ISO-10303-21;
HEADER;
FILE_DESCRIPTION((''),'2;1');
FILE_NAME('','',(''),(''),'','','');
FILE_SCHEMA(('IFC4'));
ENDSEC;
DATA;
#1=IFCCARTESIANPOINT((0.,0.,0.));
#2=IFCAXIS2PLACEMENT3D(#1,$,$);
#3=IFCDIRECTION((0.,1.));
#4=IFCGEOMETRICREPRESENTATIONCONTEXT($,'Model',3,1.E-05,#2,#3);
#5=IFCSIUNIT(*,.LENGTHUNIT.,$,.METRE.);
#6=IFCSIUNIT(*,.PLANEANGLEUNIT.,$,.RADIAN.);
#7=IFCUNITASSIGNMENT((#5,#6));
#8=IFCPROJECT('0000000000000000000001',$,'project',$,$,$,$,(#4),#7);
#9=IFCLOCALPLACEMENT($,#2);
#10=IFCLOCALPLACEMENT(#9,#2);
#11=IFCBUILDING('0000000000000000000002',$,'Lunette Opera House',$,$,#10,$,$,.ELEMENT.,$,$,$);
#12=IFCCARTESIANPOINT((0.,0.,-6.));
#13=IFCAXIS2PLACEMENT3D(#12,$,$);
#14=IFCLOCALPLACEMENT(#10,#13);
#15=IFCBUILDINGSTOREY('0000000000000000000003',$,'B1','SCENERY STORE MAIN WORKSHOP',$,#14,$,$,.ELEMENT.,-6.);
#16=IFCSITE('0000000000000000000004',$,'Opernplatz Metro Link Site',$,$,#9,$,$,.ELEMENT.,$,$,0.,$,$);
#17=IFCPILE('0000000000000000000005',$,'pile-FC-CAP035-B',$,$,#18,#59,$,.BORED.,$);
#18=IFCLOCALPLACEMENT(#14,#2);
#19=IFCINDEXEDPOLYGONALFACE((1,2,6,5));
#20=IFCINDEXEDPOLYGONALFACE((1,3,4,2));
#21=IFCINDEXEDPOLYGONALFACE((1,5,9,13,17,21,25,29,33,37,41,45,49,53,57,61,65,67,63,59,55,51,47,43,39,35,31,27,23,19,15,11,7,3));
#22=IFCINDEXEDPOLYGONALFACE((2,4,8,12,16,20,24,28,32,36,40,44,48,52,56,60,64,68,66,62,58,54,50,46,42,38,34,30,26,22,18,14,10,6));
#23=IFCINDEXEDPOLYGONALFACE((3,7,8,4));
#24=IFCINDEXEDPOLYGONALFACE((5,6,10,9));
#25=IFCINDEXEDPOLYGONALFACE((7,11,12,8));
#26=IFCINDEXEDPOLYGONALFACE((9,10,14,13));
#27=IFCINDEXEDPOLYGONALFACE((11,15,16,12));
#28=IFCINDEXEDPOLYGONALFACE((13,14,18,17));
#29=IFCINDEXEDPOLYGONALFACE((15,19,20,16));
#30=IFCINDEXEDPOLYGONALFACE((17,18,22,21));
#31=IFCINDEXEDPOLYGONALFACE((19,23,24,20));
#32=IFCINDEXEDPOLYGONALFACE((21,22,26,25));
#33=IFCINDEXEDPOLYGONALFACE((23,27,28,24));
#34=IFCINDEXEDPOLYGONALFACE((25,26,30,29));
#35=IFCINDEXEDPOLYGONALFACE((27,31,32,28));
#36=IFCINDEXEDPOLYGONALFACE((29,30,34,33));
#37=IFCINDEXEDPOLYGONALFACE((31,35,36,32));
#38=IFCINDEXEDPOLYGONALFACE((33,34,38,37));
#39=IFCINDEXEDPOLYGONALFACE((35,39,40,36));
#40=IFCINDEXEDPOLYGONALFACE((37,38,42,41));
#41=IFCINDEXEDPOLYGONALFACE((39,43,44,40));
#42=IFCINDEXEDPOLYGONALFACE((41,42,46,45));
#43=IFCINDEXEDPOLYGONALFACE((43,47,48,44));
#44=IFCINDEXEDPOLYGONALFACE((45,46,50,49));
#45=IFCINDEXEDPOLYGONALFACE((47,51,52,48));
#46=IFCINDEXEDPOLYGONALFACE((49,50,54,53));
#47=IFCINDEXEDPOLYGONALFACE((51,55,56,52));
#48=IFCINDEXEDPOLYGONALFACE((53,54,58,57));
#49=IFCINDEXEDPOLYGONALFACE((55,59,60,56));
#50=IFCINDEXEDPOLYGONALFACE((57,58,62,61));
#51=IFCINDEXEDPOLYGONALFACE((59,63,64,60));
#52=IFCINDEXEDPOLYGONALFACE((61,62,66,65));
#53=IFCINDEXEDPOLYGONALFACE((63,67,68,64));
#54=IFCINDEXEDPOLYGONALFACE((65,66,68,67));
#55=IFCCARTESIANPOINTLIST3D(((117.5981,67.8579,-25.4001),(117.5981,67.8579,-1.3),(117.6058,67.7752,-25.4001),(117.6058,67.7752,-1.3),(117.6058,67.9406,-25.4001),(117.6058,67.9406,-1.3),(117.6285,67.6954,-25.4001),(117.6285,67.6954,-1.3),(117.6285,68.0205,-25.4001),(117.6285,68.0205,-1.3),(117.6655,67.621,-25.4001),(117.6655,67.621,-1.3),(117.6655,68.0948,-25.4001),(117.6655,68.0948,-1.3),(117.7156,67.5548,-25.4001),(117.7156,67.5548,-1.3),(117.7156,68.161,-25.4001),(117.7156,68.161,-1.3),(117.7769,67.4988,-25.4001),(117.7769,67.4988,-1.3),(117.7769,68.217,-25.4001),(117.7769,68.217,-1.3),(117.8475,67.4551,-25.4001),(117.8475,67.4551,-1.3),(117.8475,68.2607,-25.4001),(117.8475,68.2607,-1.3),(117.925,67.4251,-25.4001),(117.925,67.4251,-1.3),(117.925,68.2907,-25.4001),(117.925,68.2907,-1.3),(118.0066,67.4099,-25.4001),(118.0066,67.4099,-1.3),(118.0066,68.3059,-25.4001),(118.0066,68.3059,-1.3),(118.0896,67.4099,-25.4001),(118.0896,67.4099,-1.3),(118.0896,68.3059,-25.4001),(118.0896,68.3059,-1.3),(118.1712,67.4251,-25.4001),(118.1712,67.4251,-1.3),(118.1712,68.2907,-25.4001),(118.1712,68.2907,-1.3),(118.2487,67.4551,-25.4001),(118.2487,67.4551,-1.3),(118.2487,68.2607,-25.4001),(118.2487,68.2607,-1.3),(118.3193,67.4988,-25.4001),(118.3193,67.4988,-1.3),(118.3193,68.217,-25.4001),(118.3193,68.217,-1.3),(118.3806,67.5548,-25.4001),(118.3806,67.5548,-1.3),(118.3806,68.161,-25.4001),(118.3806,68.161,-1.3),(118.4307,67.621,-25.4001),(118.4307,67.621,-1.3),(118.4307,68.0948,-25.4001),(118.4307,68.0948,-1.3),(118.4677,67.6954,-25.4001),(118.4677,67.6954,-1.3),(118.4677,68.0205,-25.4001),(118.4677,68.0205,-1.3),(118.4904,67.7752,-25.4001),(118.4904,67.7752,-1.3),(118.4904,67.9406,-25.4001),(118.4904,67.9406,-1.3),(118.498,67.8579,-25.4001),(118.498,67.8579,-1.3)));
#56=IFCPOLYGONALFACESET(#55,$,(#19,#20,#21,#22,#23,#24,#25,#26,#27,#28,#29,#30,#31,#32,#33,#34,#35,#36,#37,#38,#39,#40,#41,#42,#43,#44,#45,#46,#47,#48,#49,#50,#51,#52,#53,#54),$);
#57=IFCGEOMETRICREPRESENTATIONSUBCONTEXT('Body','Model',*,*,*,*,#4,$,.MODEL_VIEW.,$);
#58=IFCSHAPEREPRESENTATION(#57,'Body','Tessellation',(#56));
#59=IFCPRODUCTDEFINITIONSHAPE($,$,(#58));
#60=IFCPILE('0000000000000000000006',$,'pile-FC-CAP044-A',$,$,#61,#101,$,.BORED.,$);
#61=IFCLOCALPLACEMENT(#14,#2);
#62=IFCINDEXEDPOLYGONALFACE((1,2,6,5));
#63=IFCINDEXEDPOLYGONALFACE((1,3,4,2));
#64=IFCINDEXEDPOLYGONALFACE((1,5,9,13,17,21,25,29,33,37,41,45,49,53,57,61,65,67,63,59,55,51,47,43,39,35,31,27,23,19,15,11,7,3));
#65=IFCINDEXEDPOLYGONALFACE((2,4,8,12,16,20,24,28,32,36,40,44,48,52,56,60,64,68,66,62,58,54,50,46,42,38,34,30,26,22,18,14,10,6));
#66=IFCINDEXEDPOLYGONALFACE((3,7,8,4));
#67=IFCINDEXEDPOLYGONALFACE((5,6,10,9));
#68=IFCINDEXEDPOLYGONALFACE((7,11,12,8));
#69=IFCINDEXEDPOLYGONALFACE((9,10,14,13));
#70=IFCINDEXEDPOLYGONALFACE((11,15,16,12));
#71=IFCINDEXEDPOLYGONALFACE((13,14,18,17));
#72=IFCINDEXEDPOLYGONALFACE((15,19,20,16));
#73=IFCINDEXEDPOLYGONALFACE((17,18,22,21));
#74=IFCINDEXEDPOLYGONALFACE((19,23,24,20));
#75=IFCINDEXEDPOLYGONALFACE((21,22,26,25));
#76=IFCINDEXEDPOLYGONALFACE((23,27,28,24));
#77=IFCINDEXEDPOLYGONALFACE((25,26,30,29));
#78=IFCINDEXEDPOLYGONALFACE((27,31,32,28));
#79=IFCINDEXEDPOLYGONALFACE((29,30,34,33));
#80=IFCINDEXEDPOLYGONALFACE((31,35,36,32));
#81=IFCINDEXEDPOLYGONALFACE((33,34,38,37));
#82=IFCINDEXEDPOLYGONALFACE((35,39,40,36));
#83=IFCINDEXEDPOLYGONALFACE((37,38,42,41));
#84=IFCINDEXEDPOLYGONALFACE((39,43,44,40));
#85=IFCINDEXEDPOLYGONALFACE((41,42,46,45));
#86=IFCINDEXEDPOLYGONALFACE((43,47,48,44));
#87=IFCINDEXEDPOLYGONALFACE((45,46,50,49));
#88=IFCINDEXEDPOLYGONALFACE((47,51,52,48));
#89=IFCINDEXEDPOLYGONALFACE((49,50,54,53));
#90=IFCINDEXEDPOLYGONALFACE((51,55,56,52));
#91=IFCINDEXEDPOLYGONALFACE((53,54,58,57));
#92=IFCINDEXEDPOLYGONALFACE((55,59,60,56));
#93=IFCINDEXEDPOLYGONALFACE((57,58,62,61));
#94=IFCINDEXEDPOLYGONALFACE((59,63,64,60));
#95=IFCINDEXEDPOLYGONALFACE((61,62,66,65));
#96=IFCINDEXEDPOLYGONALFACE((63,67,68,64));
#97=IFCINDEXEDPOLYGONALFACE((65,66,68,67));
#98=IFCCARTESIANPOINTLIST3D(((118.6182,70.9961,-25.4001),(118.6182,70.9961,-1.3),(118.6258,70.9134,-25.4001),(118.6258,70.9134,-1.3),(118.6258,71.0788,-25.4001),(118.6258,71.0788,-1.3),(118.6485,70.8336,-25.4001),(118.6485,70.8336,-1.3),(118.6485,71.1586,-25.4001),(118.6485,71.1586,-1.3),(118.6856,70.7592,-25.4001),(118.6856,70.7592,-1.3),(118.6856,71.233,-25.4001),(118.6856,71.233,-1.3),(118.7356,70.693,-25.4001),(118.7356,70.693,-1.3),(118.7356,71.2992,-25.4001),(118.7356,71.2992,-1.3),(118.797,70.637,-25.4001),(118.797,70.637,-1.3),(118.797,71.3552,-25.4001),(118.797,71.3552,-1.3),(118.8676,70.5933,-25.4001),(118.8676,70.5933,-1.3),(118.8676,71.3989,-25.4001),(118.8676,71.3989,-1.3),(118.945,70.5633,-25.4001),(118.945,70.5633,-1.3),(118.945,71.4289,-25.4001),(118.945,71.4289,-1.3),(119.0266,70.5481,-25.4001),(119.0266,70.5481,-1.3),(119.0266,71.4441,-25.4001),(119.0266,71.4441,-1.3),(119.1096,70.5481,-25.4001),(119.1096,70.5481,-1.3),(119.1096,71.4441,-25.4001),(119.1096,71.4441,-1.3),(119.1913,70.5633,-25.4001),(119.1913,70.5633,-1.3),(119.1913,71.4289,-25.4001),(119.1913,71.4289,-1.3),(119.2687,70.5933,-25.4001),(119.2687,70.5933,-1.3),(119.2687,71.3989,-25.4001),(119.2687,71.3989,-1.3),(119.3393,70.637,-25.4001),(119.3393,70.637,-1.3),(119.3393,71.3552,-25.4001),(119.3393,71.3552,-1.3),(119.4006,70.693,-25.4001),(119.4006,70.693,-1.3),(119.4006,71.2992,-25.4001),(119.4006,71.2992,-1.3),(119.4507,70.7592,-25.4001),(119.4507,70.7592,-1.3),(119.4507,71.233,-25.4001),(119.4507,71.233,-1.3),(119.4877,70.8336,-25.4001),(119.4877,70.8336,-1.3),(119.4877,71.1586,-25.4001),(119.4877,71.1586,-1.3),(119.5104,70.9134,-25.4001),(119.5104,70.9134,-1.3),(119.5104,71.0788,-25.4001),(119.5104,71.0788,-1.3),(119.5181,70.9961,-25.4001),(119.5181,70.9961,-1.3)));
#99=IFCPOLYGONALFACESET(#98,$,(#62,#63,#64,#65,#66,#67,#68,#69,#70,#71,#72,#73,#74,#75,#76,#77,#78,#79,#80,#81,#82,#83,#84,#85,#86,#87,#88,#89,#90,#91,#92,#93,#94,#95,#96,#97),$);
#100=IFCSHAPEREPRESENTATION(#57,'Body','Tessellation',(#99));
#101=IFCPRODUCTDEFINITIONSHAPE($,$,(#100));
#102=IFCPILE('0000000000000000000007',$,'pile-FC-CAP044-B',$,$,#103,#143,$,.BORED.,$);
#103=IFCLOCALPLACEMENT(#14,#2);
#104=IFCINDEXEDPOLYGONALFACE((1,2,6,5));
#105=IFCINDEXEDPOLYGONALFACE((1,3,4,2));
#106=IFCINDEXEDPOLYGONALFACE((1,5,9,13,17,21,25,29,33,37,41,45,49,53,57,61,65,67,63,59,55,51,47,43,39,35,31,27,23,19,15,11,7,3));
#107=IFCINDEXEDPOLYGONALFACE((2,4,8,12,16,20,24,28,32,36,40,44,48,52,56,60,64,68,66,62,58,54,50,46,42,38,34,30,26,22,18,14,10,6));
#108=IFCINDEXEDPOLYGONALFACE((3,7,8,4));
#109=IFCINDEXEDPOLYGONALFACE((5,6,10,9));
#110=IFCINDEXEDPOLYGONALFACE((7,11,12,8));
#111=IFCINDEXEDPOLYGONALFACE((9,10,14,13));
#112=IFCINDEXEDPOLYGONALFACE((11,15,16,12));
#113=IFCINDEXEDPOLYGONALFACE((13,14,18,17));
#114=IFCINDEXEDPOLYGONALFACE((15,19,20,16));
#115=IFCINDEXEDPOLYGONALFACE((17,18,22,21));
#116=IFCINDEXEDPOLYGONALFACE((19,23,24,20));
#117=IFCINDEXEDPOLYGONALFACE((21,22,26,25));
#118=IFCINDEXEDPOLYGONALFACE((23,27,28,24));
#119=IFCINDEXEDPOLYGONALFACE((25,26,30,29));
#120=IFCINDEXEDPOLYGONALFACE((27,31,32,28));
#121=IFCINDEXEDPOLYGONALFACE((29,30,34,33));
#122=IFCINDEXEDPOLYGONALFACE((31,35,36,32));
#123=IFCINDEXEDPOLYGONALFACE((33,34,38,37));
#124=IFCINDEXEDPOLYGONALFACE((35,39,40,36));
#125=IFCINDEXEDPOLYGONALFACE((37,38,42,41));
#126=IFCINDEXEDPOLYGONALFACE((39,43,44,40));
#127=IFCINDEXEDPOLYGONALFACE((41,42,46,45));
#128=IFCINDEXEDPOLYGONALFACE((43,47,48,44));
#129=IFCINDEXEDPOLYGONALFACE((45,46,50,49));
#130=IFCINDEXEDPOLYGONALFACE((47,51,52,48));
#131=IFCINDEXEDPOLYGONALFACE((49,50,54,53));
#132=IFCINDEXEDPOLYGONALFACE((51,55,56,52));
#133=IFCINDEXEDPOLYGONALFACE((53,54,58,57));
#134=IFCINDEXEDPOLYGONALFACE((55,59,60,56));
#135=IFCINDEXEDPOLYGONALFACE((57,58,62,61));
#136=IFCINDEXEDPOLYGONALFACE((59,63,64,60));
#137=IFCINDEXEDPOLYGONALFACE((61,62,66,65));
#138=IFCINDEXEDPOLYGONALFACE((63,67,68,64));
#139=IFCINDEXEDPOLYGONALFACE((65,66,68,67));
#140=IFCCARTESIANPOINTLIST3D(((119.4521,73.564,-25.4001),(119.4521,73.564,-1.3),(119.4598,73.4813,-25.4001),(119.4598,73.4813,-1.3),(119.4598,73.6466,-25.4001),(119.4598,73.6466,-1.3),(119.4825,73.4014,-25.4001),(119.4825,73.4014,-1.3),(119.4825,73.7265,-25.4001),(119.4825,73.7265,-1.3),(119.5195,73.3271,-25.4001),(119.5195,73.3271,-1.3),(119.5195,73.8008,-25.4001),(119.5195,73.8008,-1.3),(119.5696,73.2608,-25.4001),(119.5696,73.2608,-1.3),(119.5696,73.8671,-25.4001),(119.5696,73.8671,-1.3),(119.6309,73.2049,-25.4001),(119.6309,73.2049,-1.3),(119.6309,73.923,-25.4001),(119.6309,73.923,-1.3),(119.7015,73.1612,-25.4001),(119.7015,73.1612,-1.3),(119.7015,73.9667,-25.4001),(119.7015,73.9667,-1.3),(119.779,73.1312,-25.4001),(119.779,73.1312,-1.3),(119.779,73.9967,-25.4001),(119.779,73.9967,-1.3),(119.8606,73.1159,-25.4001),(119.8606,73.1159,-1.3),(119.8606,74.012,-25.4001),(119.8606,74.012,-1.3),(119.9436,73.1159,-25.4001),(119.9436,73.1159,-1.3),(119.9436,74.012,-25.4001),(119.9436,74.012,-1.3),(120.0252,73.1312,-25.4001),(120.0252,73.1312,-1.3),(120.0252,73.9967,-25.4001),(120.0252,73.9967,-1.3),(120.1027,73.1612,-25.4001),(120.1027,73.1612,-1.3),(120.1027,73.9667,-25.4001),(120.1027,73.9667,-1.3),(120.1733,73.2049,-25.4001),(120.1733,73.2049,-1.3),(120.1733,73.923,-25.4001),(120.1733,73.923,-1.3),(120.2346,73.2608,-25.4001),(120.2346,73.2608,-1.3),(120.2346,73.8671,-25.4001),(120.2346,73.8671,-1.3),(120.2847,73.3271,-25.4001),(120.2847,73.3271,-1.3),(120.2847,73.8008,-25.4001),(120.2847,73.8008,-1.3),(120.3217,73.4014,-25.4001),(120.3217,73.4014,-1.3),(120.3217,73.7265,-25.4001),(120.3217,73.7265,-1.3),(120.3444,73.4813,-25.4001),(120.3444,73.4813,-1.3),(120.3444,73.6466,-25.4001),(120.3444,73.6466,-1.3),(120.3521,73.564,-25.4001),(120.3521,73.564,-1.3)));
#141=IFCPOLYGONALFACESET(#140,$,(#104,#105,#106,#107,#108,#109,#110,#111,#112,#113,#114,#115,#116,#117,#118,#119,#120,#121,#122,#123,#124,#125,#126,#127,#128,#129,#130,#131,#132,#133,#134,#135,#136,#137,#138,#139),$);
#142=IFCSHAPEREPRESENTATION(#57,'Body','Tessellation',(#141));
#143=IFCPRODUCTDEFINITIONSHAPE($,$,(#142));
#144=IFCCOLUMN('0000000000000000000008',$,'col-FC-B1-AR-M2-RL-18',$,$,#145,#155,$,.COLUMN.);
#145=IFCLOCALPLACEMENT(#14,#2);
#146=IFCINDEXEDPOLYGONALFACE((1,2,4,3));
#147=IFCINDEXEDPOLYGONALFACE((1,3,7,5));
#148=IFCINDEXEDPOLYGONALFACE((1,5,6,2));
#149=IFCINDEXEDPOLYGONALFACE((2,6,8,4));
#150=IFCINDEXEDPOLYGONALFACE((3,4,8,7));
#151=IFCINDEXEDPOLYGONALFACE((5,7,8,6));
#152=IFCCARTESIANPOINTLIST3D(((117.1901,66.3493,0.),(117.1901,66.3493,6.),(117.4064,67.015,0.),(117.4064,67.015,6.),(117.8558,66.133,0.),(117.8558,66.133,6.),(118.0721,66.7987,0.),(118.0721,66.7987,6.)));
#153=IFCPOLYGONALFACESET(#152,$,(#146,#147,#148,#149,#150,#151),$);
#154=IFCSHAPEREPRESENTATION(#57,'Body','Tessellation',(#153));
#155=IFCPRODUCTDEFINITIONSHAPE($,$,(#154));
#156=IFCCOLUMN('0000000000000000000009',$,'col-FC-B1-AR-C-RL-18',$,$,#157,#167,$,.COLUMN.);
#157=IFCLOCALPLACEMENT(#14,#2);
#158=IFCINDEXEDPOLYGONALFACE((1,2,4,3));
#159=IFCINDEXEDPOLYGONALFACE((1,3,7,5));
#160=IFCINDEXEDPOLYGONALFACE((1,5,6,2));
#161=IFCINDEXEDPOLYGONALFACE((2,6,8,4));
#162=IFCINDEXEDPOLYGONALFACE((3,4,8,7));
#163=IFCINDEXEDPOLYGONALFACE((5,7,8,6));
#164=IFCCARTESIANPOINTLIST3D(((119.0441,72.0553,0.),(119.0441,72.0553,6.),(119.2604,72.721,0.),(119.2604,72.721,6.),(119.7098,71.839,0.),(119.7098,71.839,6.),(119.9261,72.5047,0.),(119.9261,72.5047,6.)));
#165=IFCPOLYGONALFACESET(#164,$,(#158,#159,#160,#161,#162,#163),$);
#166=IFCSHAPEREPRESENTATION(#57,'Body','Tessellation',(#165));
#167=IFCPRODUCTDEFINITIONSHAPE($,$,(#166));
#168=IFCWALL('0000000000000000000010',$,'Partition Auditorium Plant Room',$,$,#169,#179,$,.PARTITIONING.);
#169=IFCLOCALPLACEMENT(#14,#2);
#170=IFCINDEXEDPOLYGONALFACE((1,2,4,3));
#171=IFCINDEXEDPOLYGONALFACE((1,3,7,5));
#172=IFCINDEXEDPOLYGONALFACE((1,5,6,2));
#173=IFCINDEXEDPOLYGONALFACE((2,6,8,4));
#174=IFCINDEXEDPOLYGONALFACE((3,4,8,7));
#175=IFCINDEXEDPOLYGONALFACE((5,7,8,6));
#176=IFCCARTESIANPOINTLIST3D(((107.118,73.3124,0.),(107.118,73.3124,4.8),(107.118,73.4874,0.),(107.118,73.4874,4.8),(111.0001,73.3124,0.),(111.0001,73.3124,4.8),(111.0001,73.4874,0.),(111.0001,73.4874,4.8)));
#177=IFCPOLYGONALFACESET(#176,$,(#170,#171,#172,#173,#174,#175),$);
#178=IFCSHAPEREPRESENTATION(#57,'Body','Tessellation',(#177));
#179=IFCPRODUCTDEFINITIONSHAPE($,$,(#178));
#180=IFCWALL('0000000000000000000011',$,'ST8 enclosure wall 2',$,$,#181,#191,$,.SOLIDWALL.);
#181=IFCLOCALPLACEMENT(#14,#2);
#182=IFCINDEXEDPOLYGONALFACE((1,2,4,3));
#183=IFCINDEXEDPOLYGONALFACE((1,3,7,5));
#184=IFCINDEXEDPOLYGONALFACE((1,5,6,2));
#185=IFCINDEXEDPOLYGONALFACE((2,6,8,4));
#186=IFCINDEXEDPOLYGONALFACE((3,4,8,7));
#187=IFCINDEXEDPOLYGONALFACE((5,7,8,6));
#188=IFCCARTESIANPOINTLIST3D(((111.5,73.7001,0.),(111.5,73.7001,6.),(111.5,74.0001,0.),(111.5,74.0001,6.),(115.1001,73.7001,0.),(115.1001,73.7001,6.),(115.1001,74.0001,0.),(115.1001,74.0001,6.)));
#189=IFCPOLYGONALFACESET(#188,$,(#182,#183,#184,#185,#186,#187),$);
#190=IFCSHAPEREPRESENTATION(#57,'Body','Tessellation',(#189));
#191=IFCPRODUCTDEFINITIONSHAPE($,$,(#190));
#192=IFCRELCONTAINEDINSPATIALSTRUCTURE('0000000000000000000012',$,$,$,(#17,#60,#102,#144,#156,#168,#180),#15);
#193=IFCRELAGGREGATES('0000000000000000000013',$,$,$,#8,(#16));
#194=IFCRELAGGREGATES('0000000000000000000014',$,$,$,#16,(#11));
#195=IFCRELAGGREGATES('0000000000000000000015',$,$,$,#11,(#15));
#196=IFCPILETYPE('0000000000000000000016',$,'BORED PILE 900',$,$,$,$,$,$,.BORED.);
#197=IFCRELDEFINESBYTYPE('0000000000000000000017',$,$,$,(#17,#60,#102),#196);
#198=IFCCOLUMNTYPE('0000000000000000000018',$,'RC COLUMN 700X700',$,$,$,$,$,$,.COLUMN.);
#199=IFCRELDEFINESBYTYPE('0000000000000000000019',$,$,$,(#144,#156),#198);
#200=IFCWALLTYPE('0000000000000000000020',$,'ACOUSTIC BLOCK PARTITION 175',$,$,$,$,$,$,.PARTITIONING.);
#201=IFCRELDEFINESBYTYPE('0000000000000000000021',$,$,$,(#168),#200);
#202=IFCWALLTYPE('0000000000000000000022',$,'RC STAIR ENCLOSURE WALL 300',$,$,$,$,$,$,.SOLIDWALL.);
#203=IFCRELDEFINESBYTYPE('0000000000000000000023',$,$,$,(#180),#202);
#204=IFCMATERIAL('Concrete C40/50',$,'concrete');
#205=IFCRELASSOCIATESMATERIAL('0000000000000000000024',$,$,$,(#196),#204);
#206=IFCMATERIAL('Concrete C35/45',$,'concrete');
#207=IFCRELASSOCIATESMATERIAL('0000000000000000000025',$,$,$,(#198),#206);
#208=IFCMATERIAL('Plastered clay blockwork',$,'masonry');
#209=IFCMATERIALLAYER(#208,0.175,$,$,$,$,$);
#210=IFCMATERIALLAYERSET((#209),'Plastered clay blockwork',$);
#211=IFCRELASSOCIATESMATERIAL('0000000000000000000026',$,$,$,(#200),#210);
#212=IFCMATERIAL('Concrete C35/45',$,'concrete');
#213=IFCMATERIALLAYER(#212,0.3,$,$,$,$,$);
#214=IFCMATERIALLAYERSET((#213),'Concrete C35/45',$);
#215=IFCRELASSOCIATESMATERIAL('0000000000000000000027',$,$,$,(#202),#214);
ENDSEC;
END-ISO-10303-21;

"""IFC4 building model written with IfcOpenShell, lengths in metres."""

from ifc_helpers import new_model, si_unit, direction, frame, frame_2d, origin, origin_2d, place, context, subcontext, project, spatial, rectangle, circle, extrude, material, layer, layer_set, material_profile, profile_set, type_object, element, save


model = new_model("IFC4")

# Units and contexts
model_context = context("Model", 3, precision=1e-05, world=origin(), true_north=direction((0.0, 1.0)))
body_context = subcontext(model_context, "Body", "Model", "MODEL_VIEW")
ifc_project = project(units=[si_unit("LENGTHUNIT", "METRE"), si_unit("PLANEANGLEUNIT", "RADIAN")], contexts=[model_context])

# Site, building, storey
site_placement = place(None, origin())
site = spatial("IfcSite", under=ifc_project, at=site_placement, Name="Opernplatz Metro Link Site", CompositionType="ELEMENT", RefElevation=0.0)
building_placement = place(site_placement, origin())
building = spatial("IfcBuilding", under=site, at=building_placement, Name="Lunette Opera House", CompositionType="ELEMENT")
storey_placement = place(building_placement, frame((0.0, 0.0, -6.0)))
storey = spatial("IfcBuildingStorey", under=building, at=storey_placement, Name="B1", Description="SCENERY STORE MAIN WORKSHOP", CompositionType="ELEMENT", Elevation=-6.0)

# Piles
ifc_material_1 = material(Name="Concrete C40/50", Category="concrete")
ifc_material_profile_1 = material_profile(ifc_material_1, circle(Radius=0.45, at=origin_2d()), Name="BORED PILE 900")
ifc_profile_set_1 = profile_set([ifc_material_profile_1], Name="Concrete C40/50")
pile_type_1 = type_object("IfcPileType", Name="BORED PILE 900", PredefinedType="BORED", material=ifc_profile_set_1)
for number, where, z_axis, x_axis, name in (
    (1, (118.0481, 67.8579, -1.3), (0.0, 0.0, -1.0), (1.0, 0.0, 0.0), "pile-FC-CAP035-B"),
    (2, (119.0681, 70.9961, -1.3), (0.0, 0.0, -1.0), (1.0, 0.0, 0.0), "pile-FC-CAP044-A"),
    (3, (119.9021, 73.564, -1.3), (0.0, 0.0, -1.0), (1.0, 0.0, 0.0), "pile-FC-CAP044-B"),
):
    element("IfcPile", number, at=place(storey_placement, frame(where, z_axis=z_axis, x_axis=x_axis)), inside=storey, type_object=pile_type_1, Name=name, PredefinedType="BORED", context=body_context, shape_type="SweptSolid", body=[
        extrude(circle(Radius=0.45, at=origin_2d()), origin(), (0.0, 0.0, 1.0), 24.1001),
    ])

# Columns
ifc_material_2 = material(Name="Concrete C35/45", Category="concrete")
ifc_material_profile_2 = material_profile(ifc_material_2, rectangle(XDim=0.7, YDim=0.7, at=origin_2d()), Name="RC COLUMN 700X700")
ifc_profile_set_2 = profile_set([ifc_material_profile_2], Name="Concrete C35/45")
column_type = type_object("IfcColumnType", Name="RC COLUMN 700X700", PredefinedType="COLUMN", material=ifc_profile_set_2)
for number, where, z_axis, x_axis, name in (
    (4, (117.6311, 66.574, 0.0), (0.0, 0.0, 1.0), (0.951057, -0.309017, 0.0), "col-FC-B1-AR-M2-RL-18"),
    (5, (119.4851, 72.28, 0.0), (0.0, 0.0, 1.0), (0.951057, -0.309017, 0.0), "col-FC-B1-AR-C-RL-18"),
):
    element("IfcColumn", number, at=place(storey_placement, frame(where, z_axis=z_axis, x_axis=x_axis)), inside=storey, type_object=column_type, Name=name, PredefinedType="COLUMN", context=body_context, shape_type="SweptSolid", body=[
        extrude(rectangle(XDim=0.7, YDim=0.7, at=origin_2d()), origin(), (0.0, 0.0, 1.0), 6.0),
    ])

# Walls
ifc_material_3 = material(Name="Plastered clay blockwork", Category="masonry")
ifc_layer_1 = layer(ifc_material_3, 0.175)
ifc_layer_set_1 = layer_set([ifc_layer_1], Name="Plastered clay blockwork")
wall_type_1 = type_object("IfcWallType", Name="ACOUSTIC BLOCK PARTITION 175", PredefinedType="PARTITIONING", material=ifc_layer_set_1)
wall_1_placement = place(storey_placement, frame((111.0, 73.3999, 0.0), z_axis=(0.0, 0.0, 1.0), x_axis=(-1.0, 0.0, 0.0)))
element("IfcWall", 6, at=wall_1_placement, inside=storey, type_object=wall_type_1, Name="Partition Auditorium Plant Room", PredefinedType="PARTITIONING", context=body_context, shape_type="SweptSolid", body=[
    extrude(rectangle(XDim=3.8821, YDim=0.175, at=frame_2d((1.9409, 0.0))), origin(), (0.0, 0.0, 1.0), 4.8),
])
ifc_material_4 = material(Name="Concrete C35/45", Category="concrete")
ifc_layer_2 = layer(ifc_material_4, 0.3)
ifc_layer_set_2 = layer_set([ifc_layer_2], Name="Concrete C35/45")
wall_type_2 = type_object("IfcWallType", Name="RC STAIR ENCLOSURE WALL 300", PredefinedType="SOLIDWALL", material=ifc_layer_set_2)
wall_2_placement = place(storey_placement, frame((115.1001, 73.8501, 0.0), z_axis=(0.0, 0.0, 1.0), x_axis=(-1.0, 0.0, 0.0)))
element("IfcWall", 7, at=wall_2_placement, inside=storey, type_object=wall_type_2, Name="ST8 enclosure wall 2", PredefinedType="SOLIDWALL", context=body_context, shape_type="SweptSolid", body=[
    extrude(rectangle(XDim=3.6001, YDim=0.3, at=frame_2d((1.8, 0.0))), origin(), (0.0, 0.0, 1.0), 6.0),
])

save(model, "model.ifc")
